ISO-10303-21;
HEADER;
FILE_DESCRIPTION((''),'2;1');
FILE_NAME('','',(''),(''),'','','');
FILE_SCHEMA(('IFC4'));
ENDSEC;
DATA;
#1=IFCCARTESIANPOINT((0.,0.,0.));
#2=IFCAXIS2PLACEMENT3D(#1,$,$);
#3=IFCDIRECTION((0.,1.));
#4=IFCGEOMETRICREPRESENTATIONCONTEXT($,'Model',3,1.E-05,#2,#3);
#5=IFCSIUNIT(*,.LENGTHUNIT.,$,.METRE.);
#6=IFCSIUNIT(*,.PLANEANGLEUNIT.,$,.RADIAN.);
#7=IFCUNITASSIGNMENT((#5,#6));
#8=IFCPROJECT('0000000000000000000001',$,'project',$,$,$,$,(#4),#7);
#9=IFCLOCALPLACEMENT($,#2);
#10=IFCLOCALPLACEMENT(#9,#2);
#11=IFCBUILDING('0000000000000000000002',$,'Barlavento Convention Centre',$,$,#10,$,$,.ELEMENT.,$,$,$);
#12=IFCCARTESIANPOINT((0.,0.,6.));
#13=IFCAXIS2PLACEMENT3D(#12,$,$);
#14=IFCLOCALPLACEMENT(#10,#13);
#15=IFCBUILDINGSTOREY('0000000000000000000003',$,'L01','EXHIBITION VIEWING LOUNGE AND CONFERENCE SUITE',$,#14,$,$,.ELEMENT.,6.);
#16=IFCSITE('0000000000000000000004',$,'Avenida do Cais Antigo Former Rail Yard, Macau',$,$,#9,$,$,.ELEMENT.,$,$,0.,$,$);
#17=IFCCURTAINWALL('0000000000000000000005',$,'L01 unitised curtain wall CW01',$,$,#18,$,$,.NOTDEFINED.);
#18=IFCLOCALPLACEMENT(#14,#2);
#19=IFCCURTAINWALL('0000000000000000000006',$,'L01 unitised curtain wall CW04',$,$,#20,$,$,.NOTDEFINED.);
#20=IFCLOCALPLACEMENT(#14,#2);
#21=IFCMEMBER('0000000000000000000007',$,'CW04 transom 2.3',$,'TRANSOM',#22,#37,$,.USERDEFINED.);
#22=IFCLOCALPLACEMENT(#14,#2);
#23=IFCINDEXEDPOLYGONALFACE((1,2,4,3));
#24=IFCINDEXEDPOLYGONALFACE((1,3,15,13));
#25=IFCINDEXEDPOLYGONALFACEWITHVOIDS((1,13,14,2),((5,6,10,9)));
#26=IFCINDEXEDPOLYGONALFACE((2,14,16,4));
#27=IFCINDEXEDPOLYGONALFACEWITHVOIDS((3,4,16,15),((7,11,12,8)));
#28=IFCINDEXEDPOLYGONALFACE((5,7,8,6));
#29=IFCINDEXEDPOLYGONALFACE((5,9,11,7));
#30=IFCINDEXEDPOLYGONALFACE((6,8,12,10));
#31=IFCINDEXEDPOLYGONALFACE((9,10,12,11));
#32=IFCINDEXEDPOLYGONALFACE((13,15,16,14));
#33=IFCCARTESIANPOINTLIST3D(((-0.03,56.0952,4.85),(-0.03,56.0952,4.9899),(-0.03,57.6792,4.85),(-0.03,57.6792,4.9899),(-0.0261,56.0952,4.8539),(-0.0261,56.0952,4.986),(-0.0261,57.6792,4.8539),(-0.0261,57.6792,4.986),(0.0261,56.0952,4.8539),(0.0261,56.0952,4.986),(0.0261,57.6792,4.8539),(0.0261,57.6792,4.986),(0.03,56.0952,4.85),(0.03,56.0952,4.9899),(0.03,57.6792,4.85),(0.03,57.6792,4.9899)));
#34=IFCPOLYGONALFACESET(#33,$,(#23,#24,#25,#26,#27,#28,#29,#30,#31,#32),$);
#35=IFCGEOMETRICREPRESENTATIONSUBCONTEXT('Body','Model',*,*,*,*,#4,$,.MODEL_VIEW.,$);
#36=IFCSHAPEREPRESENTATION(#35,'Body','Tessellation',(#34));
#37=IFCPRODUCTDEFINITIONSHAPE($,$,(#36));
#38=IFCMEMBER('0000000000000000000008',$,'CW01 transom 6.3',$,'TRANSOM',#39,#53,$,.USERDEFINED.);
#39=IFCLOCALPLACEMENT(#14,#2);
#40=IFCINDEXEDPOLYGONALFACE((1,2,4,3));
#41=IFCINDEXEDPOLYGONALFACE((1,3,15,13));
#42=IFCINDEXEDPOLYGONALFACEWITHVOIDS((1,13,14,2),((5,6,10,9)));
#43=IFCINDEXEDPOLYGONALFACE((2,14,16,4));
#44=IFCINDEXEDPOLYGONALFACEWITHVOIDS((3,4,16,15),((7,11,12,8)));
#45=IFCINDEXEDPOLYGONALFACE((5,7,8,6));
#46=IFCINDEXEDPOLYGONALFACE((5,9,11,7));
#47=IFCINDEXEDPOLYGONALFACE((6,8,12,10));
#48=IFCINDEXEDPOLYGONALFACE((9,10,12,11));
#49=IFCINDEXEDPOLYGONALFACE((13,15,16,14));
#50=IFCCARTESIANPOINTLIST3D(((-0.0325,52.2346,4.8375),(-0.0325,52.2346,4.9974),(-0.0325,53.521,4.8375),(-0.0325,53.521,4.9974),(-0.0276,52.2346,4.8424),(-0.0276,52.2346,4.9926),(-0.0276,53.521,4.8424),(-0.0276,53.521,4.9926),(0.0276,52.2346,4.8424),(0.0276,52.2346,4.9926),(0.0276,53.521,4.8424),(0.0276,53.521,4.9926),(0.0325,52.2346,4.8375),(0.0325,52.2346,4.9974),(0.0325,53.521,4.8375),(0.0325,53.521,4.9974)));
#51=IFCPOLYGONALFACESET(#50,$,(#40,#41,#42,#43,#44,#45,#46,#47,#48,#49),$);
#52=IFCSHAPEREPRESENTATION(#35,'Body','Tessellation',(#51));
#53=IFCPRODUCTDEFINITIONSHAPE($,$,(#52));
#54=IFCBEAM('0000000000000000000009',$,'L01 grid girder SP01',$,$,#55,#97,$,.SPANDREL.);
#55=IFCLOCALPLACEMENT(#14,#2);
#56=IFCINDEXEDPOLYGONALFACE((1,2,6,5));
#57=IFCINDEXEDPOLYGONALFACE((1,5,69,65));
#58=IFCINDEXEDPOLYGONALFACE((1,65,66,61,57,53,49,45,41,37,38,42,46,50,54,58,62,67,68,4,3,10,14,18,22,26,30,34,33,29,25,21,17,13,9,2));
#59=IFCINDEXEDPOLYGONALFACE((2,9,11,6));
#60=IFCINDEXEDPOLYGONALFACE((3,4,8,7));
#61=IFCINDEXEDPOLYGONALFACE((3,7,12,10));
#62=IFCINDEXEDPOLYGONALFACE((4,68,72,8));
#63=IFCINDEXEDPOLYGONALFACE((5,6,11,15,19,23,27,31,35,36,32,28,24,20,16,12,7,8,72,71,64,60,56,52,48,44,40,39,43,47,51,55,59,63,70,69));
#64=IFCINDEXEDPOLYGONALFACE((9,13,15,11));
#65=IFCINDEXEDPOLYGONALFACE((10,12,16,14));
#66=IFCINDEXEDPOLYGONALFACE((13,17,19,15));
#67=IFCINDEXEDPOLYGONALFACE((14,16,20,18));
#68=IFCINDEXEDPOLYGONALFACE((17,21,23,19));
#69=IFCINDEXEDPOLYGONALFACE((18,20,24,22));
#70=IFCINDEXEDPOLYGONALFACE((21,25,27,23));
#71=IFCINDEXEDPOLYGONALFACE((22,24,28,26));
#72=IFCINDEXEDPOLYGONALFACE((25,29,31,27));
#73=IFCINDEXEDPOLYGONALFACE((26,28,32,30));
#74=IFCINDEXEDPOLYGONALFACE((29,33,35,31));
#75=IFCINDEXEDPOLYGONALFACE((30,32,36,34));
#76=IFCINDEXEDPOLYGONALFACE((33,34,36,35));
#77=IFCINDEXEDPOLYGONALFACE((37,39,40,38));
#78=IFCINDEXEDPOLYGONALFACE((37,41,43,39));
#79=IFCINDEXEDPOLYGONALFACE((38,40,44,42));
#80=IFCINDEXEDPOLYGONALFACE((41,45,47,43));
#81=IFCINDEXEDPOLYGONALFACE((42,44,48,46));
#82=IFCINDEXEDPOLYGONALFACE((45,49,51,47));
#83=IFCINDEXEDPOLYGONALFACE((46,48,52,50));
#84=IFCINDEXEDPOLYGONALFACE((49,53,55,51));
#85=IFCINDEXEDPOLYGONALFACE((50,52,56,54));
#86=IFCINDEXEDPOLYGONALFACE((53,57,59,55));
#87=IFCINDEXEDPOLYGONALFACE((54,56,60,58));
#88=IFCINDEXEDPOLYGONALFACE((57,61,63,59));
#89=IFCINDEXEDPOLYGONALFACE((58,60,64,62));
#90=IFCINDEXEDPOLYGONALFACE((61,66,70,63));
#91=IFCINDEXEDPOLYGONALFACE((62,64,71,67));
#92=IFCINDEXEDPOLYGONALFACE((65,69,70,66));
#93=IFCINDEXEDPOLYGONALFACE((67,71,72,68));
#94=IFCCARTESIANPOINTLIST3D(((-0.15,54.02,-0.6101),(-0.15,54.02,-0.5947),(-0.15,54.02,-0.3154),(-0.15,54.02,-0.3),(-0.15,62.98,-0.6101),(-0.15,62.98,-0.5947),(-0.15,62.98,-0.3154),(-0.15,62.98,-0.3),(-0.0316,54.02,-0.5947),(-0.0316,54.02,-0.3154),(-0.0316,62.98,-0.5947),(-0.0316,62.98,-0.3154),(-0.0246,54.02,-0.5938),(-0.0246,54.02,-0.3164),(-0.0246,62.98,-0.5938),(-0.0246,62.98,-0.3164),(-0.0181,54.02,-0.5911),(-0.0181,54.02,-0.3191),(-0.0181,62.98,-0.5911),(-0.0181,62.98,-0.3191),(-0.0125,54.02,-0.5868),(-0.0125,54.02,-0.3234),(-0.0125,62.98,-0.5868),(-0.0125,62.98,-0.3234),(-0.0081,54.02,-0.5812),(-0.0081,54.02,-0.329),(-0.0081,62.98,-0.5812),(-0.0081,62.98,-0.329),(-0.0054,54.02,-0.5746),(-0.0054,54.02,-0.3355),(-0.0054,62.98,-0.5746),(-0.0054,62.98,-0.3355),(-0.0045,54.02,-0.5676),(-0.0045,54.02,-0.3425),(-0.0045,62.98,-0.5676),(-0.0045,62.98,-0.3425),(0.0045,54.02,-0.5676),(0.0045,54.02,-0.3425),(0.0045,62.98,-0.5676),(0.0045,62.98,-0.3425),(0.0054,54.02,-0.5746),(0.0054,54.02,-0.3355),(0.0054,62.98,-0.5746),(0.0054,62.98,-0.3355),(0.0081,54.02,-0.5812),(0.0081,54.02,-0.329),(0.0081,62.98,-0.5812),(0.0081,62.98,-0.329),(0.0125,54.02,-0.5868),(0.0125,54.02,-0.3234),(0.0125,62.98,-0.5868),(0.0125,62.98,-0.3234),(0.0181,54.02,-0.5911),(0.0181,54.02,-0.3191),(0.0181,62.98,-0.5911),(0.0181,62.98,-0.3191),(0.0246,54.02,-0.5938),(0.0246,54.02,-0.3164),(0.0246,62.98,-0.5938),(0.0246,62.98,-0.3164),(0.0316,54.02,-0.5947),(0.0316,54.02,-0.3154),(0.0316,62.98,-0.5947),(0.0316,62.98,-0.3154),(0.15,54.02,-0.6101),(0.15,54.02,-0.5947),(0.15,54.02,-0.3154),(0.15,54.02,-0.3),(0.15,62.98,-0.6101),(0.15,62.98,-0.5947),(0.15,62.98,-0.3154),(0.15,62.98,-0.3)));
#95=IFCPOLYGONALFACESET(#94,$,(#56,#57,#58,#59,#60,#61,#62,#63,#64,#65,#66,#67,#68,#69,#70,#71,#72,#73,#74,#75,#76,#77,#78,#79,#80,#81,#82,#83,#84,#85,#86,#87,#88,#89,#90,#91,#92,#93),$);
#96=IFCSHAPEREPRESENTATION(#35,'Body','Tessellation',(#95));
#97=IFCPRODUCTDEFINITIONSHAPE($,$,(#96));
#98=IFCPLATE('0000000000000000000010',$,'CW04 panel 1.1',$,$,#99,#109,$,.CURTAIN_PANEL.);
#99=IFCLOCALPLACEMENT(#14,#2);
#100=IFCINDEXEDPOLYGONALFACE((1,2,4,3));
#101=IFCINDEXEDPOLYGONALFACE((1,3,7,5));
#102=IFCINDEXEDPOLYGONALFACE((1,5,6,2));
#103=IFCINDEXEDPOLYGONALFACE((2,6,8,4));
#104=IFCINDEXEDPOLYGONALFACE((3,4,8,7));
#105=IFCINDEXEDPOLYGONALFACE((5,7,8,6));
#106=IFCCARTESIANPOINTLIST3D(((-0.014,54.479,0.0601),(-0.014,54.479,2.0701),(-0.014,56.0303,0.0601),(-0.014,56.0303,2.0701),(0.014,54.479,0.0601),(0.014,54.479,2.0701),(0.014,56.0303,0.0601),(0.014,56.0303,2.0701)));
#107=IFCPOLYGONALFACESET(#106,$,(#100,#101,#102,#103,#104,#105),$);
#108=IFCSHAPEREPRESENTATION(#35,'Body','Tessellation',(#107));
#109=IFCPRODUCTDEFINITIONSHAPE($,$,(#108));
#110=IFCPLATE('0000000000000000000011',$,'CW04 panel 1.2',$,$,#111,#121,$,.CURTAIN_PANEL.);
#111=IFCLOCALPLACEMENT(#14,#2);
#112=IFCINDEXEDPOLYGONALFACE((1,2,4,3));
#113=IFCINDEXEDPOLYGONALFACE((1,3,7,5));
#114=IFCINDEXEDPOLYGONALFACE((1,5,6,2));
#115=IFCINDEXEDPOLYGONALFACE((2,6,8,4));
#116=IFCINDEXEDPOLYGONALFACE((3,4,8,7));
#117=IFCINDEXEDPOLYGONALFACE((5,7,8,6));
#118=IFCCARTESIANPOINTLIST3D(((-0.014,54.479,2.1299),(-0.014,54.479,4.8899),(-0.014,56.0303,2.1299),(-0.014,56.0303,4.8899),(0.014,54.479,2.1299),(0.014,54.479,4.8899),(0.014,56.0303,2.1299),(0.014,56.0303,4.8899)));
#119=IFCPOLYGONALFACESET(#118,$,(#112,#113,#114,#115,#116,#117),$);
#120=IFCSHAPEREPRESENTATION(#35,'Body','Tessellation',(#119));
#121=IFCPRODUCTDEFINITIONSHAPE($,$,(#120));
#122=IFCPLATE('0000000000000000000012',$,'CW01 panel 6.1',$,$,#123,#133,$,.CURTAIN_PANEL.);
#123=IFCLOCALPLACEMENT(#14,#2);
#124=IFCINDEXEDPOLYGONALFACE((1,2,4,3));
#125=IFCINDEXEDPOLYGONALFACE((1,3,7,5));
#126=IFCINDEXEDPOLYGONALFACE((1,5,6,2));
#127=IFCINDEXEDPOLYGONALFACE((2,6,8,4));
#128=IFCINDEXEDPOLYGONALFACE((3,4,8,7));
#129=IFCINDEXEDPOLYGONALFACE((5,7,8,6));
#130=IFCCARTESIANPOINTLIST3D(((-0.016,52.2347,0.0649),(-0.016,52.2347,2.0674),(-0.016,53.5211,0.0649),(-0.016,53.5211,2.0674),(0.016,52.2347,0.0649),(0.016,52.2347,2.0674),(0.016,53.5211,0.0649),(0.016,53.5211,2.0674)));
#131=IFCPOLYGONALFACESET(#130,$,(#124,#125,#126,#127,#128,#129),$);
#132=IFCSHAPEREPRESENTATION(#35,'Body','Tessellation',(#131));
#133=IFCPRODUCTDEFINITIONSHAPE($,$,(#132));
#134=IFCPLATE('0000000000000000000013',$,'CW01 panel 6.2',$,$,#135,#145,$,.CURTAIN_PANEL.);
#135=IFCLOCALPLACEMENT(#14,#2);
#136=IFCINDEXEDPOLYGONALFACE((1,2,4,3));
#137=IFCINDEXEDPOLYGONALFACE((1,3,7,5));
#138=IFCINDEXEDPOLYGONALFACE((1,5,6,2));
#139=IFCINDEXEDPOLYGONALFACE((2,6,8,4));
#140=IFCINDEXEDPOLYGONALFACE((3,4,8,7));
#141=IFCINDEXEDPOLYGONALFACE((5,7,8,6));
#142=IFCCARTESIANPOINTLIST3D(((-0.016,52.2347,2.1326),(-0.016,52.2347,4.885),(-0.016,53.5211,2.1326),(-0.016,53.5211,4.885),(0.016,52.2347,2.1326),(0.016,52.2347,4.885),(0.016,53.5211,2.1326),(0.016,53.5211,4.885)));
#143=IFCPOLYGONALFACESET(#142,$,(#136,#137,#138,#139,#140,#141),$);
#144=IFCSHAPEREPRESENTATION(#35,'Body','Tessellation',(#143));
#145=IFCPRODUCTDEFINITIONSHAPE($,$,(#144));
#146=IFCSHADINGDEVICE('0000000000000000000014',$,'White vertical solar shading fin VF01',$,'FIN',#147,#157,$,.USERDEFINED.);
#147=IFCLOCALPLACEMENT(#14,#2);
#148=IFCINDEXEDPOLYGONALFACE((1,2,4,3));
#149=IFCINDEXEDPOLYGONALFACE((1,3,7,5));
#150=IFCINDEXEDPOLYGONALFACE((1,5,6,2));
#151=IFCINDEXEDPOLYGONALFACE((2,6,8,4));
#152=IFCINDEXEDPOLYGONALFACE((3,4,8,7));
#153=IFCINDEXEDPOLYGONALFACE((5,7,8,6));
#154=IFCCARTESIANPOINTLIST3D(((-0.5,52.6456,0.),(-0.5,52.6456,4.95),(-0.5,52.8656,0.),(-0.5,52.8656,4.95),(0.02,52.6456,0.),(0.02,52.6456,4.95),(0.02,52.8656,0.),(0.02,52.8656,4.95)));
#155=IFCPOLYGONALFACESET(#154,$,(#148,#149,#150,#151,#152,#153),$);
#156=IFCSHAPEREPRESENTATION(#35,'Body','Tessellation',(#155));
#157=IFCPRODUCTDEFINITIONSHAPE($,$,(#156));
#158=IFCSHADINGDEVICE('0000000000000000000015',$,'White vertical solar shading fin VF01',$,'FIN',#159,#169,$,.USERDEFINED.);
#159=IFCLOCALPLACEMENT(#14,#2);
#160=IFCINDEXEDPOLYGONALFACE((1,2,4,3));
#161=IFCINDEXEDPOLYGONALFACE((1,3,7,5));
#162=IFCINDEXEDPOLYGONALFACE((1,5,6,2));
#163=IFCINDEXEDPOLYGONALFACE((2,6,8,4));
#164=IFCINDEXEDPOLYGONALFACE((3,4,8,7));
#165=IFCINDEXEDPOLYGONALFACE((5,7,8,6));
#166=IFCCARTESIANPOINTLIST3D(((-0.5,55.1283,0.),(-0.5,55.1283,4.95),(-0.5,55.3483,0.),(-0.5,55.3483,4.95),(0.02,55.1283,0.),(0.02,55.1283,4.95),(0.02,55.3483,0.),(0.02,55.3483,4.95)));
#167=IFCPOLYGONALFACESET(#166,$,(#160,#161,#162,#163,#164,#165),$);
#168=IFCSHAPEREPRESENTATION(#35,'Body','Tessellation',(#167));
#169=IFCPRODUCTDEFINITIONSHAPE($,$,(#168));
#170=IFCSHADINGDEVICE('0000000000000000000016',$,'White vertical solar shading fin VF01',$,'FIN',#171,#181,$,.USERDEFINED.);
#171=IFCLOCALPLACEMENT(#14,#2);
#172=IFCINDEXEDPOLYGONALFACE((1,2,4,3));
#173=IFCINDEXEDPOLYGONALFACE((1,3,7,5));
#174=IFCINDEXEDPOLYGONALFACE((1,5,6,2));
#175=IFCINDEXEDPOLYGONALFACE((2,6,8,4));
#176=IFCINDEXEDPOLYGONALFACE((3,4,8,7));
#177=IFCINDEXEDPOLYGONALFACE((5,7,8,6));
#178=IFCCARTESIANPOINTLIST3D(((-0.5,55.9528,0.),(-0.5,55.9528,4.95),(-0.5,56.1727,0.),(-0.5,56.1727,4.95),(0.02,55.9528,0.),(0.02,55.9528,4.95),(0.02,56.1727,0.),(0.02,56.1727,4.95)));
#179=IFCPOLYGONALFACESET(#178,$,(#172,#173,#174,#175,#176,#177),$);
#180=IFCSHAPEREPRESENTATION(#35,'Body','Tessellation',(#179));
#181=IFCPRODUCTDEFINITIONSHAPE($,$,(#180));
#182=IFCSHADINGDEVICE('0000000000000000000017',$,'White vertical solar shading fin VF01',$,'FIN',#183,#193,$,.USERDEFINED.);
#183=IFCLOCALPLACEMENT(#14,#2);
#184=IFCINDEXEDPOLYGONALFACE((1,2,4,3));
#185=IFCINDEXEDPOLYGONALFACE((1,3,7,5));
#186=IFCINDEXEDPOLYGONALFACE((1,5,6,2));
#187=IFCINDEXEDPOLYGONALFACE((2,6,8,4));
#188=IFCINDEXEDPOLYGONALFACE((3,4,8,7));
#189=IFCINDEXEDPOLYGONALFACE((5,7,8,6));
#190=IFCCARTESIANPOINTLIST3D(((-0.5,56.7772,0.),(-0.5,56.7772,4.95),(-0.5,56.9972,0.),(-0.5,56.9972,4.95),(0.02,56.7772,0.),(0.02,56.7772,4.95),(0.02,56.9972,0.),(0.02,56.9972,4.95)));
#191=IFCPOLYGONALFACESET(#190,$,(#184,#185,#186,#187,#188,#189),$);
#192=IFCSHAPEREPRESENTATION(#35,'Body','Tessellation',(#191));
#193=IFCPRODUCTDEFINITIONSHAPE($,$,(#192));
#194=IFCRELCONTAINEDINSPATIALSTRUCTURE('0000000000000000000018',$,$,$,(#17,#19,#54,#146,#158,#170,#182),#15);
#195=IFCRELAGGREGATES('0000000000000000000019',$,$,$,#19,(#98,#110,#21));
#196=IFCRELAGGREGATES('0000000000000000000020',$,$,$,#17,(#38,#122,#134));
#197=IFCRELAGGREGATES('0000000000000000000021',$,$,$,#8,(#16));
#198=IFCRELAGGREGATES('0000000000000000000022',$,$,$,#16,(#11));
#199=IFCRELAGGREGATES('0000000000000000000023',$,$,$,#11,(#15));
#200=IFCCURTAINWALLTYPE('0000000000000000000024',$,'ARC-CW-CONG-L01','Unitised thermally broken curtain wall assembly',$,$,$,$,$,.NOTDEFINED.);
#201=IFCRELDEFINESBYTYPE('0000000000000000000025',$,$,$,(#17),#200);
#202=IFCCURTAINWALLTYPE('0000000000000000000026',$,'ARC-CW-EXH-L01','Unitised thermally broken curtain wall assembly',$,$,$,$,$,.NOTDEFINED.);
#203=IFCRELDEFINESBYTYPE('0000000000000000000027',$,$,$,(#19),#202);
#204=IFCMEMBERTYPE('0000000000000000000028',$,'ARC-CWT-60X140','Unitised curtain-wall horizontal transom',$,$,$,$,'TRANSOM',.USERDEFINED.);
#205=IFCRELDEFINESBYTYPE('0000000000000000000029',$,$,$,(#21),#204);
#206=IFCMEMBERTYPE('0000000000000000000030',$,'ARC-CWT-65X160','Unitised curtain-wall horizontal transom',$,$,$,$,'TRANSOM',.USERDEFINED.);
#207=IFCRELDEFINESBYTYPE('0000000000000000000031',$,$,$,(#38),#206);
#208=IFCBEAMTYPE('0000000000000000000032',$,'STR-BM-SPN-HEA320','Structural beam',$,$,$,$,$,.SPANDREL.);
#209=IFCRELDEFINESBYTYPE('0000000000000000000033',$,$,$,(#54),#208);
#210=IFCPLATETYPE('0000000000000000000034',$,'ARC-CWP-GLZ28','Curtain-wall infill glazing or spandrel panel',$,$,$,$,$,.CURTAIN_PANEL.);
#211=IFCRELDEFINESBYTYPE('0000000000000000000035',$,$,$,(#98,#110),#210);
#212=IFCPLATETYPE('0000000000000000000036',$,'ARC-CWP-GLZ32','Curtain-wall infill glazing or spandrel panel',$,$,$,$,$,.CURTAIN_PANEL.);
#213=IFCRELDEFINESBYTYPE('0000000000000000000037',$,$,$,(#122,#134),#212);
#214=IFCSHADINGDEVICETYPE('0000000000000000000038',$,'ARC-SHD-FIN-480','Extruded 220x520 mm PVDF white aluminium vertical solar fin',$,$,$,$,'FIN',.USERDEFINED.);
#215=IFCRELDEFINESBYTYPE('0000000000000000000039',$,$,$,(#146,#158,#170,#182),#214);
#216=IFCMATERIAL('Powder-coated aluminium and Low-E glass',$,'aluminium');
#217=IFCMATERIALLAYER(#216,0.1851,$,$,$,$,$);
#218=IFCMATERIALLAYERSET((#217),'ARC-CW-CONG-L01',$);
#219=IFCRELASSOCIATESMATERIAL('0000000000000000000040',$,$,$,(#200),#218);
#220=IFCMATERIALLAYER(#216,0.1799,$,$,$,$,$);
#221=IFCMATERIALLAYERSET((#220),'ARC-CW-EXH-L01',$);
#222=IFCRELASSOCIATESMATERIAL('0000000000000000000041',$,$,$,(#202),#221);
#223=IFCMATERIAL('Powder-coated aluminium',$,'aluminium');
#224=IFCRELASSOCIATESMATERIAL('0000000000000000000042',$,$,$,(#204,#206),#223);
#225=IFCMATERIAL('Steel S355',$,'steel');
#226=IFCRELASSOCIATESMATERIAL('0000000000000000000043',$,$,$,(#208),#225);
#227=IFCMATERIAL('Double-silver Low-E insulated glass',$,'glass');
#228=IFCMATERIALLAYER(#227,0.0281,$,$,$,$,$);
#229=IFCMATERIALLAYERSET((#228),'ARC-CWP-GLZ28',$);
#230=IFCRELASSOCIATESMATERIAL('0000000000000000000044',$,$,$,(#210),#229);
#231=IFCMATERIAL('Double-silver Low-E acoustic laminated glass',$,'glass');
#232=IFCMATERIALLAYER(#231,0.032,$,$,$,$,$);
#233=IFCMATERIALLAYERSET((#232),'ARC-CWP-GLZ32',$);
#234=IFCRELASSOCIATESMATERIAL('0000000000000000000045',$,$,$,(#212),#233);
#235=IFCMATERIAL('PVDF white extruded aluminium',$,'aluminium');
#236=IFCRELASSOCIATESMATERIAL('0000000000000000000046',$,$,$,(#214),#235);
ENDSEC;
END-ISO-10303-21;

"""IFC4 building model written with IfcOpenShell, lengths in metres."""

from ifc_helpers import new_model, si_unit, direction, frame, origin, origin_2d, place, context, subcontext, project, spatial, rectangle, hollow_rectangle, i_section, extrude, material, layer, layer_set, material_profile, profile_set, type_object, element, aggregate, save


model = new_model("IFC4")

# Units and contexts
model_context = context("Model", 3, precision=1e-05, world=origin(), true_north=direction((0.0, 1.0)))
body_context = subcontext(model_context, "Body", "Model", "MODEL_VIEW")
ifc_project = project(units=[si_unit("LENGTHUNIT", "METRE"), si_unit("PLANEANGLEUNIT", "RADIAN")], contexts=[model_context])

# Site, building, storey
site_placement = place(None, origin())
site = spatial("IfcSite", under=ifc_project, at=site_placement, Name="Avenida do Cais Antigo Former Rail Yard, Macau", CompositionType="ELEMENT", RefElevation=0.0)
building_placement = place(site_placement, origin())
building = spatial("IfcBuilding", under=site, at=building_placement, Name="Barlavento Convention Centre", CompositionType="ELEMENT")
storey_placement = place(building_placement, frame((0.0, 0.0, 6.0)))
storey = spatial("IfcBuildingStorey", under=building, at=storey_placement, Name="L01", Description="EXHIBITION VIEWING LOUNGE AND CONFERENCE SUITE", CompositionType="ELEMENT", Elevation=6.0)

# Curtain wall
ifc_material_1 = material(Name="Powder-coated aluminium and Low-E glass", Category="aluminium")
ifc_layer_1 = layer(ifc_material_1, 0.1851)
ifc_layer_set_1 = layer_set([ifc_layer_1], Name="ARC-CW-CONG-L01")
curtain_wall_type_1 = type_object("IfcCurtainWallType", Name="ARC-CW-CONG-L01", Description="Unitised thermally broken curtain wall assembly", PredefinedType="NOTDEFINED", material=ifc_layer_set_1)
curtain_wall_1_placement = place(storey_placement, origin())
curtain_wall_1 = element("IfcCurtainWall", 1, at=curtain_wall_1_placement, inside=storey, type_object=curtain_wall_type_1, Name="L01 unitised curtain wall CW01", PredefinedType="NOTDEFINED")
ifc_material_2 = material(Name="Powder-coated aluminium", Category="aluminium")

# Curtain wall, member
ifc_layer_2 = layer(ifc_material_1, 0.1799)
ifc_layer_set_2 = layer_set([ifc_layer_2], Name="ARC-CW-EXH-L01")
curtain_wall_type_2 = type_object("IfcCurtainWallType", Name="ARC-CW-EXH-L01", Description="Unitised thermally broken curtain wall assembly", PredefinedType="NOTDEFINED", material=ifc_layer_set_2)
curtain_wall_2_placement = place(storey_placement, origin())
curtain_wall_2 = element("IfcCurtainWall", 2, at=curtain_wall_2_placement, inside=storey, type_object=curtain_wall_type_2, Name="L01 unitised curtain wall CW04", PredefinedType="NOTDEFINED")
ifc_material_profile_1 = material_profile(ifc_material_2, hollow_rectangle(XDim=0.0601, YDim=0.1399, WallThickness=0.0039, at=origin_2d()), Name="AL-TRAN 60x140x4")
ifc_profile_set_1 = profile_set([ifc_material_profile_1], Name="Powder-coated aluminium")
member_type_1 = type_object("IfcMemberType", Name="ARC-CWT-60X140", Description="Unitised curtain-wall horizontal transom", ElementType="TRANSOM", PredefinedType="USERDEFINED", material=ifc_profile_set_1)
member_1_placement = place(storey_placement, frame((0.0, 56.0952, 4.9199), z_axis=(0.0, 1.0, 0.0), x_axis=(-1.0, 0.0, 0.0)))
member_1 = element("IfcMember", 3, at=member_1_placement, type_object=member_type_1, Name="CW04 transom 2.3", ObjectType="TRANSOM", PredefinedType="USERDEFINED", context=body_context, shape_type="SweptSolid", body=[
    extrude(hollow_rectangle(XDim=0.0601, YDim=0.1399, WallThickness=0.0039, at=origin_2d()), origin(), (0.0, 0.0, 1.0), 1.584),
])

# Member
ifc_material_profile_2 = material_profile(ifc_material_2, hollow_rectangle(XDim=0.0649, YDim=0.1599, WallThickness=0.0049, at=origin_2d()), Name="AL-TRAN 65x160x5")
ifc_profile_set_2 = profile_set([ifc_material_profile_2], Name="Powder-coated aluminium")
member_type_2 = type_object("IfcMemberType", Name="ARC-CWT-65X160", Description="Unitised curtain-wall horizontal transom", ElementType="TRANSOM", PredefinedType="USERDEFINED", material=ifc_profile_set_2)
member_2_placement = place(storey_placement, frame((0.0, 52.2346, 4.9175), z_axis=(0.0, 1.0, 0.0), x_axis=(-1.0, 0.0, 0.0)))
member_2 = element("IfcMember", 4, at=member_2_placement, type_object=member_type_2, Name="CW01 transom 6.3", ObjectType="TRANSOM", PredefinedType="USERDEFINED", context=body_context, shape_type="SweptSolid", body=[
    extrude(hollow_rectangle(XDim=0.0649, YDim=0.1599, WallThickness=0.0049, at=origin_2d()), origin(), (0.0, 0.0, 1.0), 1.2864),
])

# Beam
ifc_material_3 = material(Name="Steel S355", Category="steel")
ifc_material_profile_3 = material_profile(ifc_material_3, i_section(OverallWidth=0.3, OverallDepth=0.3101, WebThickness=0.009, FlangeThickness=0.0154, FilletRadius=0.0271, at=origin_2d()), Name="HEA 320")
ifc_profile_set_3 = profile_set([ifc_material_profile_3], Name="Steel S355")
beam_type = type_object("IfcBeamType", Name="STR-BM-SPN-HEA320", Description="Structural beam", PredefinedType="SPANDREL", material=ifc_profile_set_3)
beam_placement = place(storey_placement, frame((0.0, 54.02, -0.4551), z_axis=(0.0, 1.0, 0.0), x_axis=(-1.0, 0.0, 0.0)))
element("IfcBeam", 5, at=beam_placement, inside=storey, type_object=beam_type, Name="L01 grid girder SP01", PredefinedType="SPANDREL", context=body_context, shape_type="SweptSolid", body=[
    extrude(i_section(OverallWidth=0.3, OverallDepth=0.3101, WebThickness=0.009, FlangeThickness=0.0154, FilletRadius=0.0271, at=origin_2d()), origin(), (0.0, 0.0, 1.0), 8.96),
])

# Plates
ifc_material_4 = material(Name="Double-silver Low-E insulated glass", Category="glass")
ifc_layer_3 = layer(ifc_material_4, 0.0281)
ifc_layer_set_3 = layer_set([ifc_layer_3], Name="ARC-CWP-GLZ28")
plate_type_1 = type_object("IfcPlateType", Name="ARC-CWP-GLZ28", Description="Curtain-wall infill glazing or spandrel panel", PredefinedType="CURTAIN_PANEL", material=ifc_layer_set_3)
plate_1_placement = place(storey_placement, frame((0.0, 55.2546, 0.0601), z_axis=(0.0, 0.0, 1.0), x_axis=(0.0, 1.0, 0.0)))
plate_1 = element("IfcPlate", 6, at=plate_1_placement, type_object=plate_type_1, Name="CW04 panel 1.1", PredefinedType="CURTAIN_PANEL", context=body_context, shape_type="SweptSolid", body=[
    extrude(rectangle(XDim=1.5513, YDim=0.0281, at=origin_2d()), origin(), (0.0, 0.0, 1.0), 2.01),
])
plate_2_placement = place(storey_placement, frame((0.0, 55.2546, 2.1299), z_axis=(0.0, 0.0, 1.0), x_axis=(0.0, 1.0, 0.0)))
plate_2 = element("IfcPlate", 7, at=plate_2_placement, type_object=plate_type_1, Name="CW04 panel 1.2", PredefinedType="CURTAIN_PANEL", context=body_context, shape_type="SweptSolid", body=[
    extrude(rectangle(XDim=1.5513, YDim=0.0281, at=origin_2d()), origin(), (0.0, 0.0, 1.0), 2.76),
])
aggregate(curtain_wall_2, [plate_1, plate_2, member_1])
ifc_material_5 = material(Name="Double-silver Low-E acoustic laminated glass", Category="glass")
ifc_layer_4 = layer(ifc_material_5, 0.032)
ifc_layer_set_4 = layer_set([ifc_layer_4], Name="ARC-CWP-GLZ32")
plate_type_2 = type_object("IfcPlateType", Name="ARC-CWP-GLZ32", Description="Curtain-wall infill glazing or spandrel panel", PredefinedType="CURTAIN_PANEL", material=ifc_layer_set_4)
plate_3_placement = place(storey_placement, frame((0.0, 52.8779, 0.0649), z_axis=(0.0, 0.0, 1.0), x_axis=(0.0, 1.0, 0.0)))
plate_3 = element("IfcPlate", 8, at=plate_3_placement, type_object=plate_type_2, Name="CW01 panel 6.1", PredefinedType="CURTAIN_PANEL", context=body_context, shape_type="SweptSolid", body=[
    extrude(rectangle(XDim=1.2864, YDim=0.032, at=origin_2d()), origin(), (0.0, 0.0, 1.0), 2.0024),
])
plate_4_placement = place(storey_placement, frame((0.0, 52.8779, 2.1326), z_axis=(0.0, 0.0, 1.0), x_axis=(0.0, 1.0, 0.0)))
plate_4 = element("IfcPlate", 9, at=plate_4_placement, type_object=plate_type_2, Name="CW01 panel 6.2", PredefinedType="CURTAIN_PANEL", context=body_context, shape_type="SweptSolid", body=[
    extrude(rectangle(XDim=1.2864, YDim=0.032, at=origin_2d()), origin(), (0.0, 0.0, 1.0), 2.7524),
])
aggregate(curtain_wall_1, [member_2, plate_3, plate_4])

# Shading devices
ifc_material_6 = material(Name="PVDF white extruded aluminium", Category="aluminium")
shading_device_type = type_object("IfcShadingDeviceType", Name="ARC-SHD-FIN-480", Description="Extruded 220x520 mm PVDF white aluminium vertical solar fin", ElementType="FIN", PredefinedType="USERDEFINED", material=ifc_material_6)
for number, where, z_axis, x_axis, name in (
    (10, (-0.24, 52.7556, 0.0), (0.0, 0.0, 1.0), (0.0, 1.0, 0.0), "White vertical solar shading fin VF01"),
    (11, (-0.24, 55.2383, 0.0), (0.0, 0.0, 1.0), (0.0, 1.0, 0.0), "White vertical solar shading fin VF01"),
    (12, (-0.24, 56.0627, 0.0), (0.0, 0.0, 1.0), (0.0, 1.0, 0.0), "White vertical solar shading fin VF01"),
    (13, (-0.24, 56.8872, 0.0), (0.0, 0.0, 1.0), (0.0, 1.0, 0.0), "White vertical solar shading fin VF01"),
):
    element("IfcShadingDevice", number, at=place(storey_placement, frame(where, z_axis=z_axis, x_axis=x_axis)), inside=storey, type_object=shading_device_type, Name=name, ObjectType="FIN", PredefinedType="USERDEFINED", context=body_context, shape_type="SweptSolid", body=[
        extrude(rectangle(XDim=0.22, YDim=0.52, at=origin_2d()), origin(), (0.0, 0.0, 1.0), 4.95),
    ])

save(model, "model.ifc")
